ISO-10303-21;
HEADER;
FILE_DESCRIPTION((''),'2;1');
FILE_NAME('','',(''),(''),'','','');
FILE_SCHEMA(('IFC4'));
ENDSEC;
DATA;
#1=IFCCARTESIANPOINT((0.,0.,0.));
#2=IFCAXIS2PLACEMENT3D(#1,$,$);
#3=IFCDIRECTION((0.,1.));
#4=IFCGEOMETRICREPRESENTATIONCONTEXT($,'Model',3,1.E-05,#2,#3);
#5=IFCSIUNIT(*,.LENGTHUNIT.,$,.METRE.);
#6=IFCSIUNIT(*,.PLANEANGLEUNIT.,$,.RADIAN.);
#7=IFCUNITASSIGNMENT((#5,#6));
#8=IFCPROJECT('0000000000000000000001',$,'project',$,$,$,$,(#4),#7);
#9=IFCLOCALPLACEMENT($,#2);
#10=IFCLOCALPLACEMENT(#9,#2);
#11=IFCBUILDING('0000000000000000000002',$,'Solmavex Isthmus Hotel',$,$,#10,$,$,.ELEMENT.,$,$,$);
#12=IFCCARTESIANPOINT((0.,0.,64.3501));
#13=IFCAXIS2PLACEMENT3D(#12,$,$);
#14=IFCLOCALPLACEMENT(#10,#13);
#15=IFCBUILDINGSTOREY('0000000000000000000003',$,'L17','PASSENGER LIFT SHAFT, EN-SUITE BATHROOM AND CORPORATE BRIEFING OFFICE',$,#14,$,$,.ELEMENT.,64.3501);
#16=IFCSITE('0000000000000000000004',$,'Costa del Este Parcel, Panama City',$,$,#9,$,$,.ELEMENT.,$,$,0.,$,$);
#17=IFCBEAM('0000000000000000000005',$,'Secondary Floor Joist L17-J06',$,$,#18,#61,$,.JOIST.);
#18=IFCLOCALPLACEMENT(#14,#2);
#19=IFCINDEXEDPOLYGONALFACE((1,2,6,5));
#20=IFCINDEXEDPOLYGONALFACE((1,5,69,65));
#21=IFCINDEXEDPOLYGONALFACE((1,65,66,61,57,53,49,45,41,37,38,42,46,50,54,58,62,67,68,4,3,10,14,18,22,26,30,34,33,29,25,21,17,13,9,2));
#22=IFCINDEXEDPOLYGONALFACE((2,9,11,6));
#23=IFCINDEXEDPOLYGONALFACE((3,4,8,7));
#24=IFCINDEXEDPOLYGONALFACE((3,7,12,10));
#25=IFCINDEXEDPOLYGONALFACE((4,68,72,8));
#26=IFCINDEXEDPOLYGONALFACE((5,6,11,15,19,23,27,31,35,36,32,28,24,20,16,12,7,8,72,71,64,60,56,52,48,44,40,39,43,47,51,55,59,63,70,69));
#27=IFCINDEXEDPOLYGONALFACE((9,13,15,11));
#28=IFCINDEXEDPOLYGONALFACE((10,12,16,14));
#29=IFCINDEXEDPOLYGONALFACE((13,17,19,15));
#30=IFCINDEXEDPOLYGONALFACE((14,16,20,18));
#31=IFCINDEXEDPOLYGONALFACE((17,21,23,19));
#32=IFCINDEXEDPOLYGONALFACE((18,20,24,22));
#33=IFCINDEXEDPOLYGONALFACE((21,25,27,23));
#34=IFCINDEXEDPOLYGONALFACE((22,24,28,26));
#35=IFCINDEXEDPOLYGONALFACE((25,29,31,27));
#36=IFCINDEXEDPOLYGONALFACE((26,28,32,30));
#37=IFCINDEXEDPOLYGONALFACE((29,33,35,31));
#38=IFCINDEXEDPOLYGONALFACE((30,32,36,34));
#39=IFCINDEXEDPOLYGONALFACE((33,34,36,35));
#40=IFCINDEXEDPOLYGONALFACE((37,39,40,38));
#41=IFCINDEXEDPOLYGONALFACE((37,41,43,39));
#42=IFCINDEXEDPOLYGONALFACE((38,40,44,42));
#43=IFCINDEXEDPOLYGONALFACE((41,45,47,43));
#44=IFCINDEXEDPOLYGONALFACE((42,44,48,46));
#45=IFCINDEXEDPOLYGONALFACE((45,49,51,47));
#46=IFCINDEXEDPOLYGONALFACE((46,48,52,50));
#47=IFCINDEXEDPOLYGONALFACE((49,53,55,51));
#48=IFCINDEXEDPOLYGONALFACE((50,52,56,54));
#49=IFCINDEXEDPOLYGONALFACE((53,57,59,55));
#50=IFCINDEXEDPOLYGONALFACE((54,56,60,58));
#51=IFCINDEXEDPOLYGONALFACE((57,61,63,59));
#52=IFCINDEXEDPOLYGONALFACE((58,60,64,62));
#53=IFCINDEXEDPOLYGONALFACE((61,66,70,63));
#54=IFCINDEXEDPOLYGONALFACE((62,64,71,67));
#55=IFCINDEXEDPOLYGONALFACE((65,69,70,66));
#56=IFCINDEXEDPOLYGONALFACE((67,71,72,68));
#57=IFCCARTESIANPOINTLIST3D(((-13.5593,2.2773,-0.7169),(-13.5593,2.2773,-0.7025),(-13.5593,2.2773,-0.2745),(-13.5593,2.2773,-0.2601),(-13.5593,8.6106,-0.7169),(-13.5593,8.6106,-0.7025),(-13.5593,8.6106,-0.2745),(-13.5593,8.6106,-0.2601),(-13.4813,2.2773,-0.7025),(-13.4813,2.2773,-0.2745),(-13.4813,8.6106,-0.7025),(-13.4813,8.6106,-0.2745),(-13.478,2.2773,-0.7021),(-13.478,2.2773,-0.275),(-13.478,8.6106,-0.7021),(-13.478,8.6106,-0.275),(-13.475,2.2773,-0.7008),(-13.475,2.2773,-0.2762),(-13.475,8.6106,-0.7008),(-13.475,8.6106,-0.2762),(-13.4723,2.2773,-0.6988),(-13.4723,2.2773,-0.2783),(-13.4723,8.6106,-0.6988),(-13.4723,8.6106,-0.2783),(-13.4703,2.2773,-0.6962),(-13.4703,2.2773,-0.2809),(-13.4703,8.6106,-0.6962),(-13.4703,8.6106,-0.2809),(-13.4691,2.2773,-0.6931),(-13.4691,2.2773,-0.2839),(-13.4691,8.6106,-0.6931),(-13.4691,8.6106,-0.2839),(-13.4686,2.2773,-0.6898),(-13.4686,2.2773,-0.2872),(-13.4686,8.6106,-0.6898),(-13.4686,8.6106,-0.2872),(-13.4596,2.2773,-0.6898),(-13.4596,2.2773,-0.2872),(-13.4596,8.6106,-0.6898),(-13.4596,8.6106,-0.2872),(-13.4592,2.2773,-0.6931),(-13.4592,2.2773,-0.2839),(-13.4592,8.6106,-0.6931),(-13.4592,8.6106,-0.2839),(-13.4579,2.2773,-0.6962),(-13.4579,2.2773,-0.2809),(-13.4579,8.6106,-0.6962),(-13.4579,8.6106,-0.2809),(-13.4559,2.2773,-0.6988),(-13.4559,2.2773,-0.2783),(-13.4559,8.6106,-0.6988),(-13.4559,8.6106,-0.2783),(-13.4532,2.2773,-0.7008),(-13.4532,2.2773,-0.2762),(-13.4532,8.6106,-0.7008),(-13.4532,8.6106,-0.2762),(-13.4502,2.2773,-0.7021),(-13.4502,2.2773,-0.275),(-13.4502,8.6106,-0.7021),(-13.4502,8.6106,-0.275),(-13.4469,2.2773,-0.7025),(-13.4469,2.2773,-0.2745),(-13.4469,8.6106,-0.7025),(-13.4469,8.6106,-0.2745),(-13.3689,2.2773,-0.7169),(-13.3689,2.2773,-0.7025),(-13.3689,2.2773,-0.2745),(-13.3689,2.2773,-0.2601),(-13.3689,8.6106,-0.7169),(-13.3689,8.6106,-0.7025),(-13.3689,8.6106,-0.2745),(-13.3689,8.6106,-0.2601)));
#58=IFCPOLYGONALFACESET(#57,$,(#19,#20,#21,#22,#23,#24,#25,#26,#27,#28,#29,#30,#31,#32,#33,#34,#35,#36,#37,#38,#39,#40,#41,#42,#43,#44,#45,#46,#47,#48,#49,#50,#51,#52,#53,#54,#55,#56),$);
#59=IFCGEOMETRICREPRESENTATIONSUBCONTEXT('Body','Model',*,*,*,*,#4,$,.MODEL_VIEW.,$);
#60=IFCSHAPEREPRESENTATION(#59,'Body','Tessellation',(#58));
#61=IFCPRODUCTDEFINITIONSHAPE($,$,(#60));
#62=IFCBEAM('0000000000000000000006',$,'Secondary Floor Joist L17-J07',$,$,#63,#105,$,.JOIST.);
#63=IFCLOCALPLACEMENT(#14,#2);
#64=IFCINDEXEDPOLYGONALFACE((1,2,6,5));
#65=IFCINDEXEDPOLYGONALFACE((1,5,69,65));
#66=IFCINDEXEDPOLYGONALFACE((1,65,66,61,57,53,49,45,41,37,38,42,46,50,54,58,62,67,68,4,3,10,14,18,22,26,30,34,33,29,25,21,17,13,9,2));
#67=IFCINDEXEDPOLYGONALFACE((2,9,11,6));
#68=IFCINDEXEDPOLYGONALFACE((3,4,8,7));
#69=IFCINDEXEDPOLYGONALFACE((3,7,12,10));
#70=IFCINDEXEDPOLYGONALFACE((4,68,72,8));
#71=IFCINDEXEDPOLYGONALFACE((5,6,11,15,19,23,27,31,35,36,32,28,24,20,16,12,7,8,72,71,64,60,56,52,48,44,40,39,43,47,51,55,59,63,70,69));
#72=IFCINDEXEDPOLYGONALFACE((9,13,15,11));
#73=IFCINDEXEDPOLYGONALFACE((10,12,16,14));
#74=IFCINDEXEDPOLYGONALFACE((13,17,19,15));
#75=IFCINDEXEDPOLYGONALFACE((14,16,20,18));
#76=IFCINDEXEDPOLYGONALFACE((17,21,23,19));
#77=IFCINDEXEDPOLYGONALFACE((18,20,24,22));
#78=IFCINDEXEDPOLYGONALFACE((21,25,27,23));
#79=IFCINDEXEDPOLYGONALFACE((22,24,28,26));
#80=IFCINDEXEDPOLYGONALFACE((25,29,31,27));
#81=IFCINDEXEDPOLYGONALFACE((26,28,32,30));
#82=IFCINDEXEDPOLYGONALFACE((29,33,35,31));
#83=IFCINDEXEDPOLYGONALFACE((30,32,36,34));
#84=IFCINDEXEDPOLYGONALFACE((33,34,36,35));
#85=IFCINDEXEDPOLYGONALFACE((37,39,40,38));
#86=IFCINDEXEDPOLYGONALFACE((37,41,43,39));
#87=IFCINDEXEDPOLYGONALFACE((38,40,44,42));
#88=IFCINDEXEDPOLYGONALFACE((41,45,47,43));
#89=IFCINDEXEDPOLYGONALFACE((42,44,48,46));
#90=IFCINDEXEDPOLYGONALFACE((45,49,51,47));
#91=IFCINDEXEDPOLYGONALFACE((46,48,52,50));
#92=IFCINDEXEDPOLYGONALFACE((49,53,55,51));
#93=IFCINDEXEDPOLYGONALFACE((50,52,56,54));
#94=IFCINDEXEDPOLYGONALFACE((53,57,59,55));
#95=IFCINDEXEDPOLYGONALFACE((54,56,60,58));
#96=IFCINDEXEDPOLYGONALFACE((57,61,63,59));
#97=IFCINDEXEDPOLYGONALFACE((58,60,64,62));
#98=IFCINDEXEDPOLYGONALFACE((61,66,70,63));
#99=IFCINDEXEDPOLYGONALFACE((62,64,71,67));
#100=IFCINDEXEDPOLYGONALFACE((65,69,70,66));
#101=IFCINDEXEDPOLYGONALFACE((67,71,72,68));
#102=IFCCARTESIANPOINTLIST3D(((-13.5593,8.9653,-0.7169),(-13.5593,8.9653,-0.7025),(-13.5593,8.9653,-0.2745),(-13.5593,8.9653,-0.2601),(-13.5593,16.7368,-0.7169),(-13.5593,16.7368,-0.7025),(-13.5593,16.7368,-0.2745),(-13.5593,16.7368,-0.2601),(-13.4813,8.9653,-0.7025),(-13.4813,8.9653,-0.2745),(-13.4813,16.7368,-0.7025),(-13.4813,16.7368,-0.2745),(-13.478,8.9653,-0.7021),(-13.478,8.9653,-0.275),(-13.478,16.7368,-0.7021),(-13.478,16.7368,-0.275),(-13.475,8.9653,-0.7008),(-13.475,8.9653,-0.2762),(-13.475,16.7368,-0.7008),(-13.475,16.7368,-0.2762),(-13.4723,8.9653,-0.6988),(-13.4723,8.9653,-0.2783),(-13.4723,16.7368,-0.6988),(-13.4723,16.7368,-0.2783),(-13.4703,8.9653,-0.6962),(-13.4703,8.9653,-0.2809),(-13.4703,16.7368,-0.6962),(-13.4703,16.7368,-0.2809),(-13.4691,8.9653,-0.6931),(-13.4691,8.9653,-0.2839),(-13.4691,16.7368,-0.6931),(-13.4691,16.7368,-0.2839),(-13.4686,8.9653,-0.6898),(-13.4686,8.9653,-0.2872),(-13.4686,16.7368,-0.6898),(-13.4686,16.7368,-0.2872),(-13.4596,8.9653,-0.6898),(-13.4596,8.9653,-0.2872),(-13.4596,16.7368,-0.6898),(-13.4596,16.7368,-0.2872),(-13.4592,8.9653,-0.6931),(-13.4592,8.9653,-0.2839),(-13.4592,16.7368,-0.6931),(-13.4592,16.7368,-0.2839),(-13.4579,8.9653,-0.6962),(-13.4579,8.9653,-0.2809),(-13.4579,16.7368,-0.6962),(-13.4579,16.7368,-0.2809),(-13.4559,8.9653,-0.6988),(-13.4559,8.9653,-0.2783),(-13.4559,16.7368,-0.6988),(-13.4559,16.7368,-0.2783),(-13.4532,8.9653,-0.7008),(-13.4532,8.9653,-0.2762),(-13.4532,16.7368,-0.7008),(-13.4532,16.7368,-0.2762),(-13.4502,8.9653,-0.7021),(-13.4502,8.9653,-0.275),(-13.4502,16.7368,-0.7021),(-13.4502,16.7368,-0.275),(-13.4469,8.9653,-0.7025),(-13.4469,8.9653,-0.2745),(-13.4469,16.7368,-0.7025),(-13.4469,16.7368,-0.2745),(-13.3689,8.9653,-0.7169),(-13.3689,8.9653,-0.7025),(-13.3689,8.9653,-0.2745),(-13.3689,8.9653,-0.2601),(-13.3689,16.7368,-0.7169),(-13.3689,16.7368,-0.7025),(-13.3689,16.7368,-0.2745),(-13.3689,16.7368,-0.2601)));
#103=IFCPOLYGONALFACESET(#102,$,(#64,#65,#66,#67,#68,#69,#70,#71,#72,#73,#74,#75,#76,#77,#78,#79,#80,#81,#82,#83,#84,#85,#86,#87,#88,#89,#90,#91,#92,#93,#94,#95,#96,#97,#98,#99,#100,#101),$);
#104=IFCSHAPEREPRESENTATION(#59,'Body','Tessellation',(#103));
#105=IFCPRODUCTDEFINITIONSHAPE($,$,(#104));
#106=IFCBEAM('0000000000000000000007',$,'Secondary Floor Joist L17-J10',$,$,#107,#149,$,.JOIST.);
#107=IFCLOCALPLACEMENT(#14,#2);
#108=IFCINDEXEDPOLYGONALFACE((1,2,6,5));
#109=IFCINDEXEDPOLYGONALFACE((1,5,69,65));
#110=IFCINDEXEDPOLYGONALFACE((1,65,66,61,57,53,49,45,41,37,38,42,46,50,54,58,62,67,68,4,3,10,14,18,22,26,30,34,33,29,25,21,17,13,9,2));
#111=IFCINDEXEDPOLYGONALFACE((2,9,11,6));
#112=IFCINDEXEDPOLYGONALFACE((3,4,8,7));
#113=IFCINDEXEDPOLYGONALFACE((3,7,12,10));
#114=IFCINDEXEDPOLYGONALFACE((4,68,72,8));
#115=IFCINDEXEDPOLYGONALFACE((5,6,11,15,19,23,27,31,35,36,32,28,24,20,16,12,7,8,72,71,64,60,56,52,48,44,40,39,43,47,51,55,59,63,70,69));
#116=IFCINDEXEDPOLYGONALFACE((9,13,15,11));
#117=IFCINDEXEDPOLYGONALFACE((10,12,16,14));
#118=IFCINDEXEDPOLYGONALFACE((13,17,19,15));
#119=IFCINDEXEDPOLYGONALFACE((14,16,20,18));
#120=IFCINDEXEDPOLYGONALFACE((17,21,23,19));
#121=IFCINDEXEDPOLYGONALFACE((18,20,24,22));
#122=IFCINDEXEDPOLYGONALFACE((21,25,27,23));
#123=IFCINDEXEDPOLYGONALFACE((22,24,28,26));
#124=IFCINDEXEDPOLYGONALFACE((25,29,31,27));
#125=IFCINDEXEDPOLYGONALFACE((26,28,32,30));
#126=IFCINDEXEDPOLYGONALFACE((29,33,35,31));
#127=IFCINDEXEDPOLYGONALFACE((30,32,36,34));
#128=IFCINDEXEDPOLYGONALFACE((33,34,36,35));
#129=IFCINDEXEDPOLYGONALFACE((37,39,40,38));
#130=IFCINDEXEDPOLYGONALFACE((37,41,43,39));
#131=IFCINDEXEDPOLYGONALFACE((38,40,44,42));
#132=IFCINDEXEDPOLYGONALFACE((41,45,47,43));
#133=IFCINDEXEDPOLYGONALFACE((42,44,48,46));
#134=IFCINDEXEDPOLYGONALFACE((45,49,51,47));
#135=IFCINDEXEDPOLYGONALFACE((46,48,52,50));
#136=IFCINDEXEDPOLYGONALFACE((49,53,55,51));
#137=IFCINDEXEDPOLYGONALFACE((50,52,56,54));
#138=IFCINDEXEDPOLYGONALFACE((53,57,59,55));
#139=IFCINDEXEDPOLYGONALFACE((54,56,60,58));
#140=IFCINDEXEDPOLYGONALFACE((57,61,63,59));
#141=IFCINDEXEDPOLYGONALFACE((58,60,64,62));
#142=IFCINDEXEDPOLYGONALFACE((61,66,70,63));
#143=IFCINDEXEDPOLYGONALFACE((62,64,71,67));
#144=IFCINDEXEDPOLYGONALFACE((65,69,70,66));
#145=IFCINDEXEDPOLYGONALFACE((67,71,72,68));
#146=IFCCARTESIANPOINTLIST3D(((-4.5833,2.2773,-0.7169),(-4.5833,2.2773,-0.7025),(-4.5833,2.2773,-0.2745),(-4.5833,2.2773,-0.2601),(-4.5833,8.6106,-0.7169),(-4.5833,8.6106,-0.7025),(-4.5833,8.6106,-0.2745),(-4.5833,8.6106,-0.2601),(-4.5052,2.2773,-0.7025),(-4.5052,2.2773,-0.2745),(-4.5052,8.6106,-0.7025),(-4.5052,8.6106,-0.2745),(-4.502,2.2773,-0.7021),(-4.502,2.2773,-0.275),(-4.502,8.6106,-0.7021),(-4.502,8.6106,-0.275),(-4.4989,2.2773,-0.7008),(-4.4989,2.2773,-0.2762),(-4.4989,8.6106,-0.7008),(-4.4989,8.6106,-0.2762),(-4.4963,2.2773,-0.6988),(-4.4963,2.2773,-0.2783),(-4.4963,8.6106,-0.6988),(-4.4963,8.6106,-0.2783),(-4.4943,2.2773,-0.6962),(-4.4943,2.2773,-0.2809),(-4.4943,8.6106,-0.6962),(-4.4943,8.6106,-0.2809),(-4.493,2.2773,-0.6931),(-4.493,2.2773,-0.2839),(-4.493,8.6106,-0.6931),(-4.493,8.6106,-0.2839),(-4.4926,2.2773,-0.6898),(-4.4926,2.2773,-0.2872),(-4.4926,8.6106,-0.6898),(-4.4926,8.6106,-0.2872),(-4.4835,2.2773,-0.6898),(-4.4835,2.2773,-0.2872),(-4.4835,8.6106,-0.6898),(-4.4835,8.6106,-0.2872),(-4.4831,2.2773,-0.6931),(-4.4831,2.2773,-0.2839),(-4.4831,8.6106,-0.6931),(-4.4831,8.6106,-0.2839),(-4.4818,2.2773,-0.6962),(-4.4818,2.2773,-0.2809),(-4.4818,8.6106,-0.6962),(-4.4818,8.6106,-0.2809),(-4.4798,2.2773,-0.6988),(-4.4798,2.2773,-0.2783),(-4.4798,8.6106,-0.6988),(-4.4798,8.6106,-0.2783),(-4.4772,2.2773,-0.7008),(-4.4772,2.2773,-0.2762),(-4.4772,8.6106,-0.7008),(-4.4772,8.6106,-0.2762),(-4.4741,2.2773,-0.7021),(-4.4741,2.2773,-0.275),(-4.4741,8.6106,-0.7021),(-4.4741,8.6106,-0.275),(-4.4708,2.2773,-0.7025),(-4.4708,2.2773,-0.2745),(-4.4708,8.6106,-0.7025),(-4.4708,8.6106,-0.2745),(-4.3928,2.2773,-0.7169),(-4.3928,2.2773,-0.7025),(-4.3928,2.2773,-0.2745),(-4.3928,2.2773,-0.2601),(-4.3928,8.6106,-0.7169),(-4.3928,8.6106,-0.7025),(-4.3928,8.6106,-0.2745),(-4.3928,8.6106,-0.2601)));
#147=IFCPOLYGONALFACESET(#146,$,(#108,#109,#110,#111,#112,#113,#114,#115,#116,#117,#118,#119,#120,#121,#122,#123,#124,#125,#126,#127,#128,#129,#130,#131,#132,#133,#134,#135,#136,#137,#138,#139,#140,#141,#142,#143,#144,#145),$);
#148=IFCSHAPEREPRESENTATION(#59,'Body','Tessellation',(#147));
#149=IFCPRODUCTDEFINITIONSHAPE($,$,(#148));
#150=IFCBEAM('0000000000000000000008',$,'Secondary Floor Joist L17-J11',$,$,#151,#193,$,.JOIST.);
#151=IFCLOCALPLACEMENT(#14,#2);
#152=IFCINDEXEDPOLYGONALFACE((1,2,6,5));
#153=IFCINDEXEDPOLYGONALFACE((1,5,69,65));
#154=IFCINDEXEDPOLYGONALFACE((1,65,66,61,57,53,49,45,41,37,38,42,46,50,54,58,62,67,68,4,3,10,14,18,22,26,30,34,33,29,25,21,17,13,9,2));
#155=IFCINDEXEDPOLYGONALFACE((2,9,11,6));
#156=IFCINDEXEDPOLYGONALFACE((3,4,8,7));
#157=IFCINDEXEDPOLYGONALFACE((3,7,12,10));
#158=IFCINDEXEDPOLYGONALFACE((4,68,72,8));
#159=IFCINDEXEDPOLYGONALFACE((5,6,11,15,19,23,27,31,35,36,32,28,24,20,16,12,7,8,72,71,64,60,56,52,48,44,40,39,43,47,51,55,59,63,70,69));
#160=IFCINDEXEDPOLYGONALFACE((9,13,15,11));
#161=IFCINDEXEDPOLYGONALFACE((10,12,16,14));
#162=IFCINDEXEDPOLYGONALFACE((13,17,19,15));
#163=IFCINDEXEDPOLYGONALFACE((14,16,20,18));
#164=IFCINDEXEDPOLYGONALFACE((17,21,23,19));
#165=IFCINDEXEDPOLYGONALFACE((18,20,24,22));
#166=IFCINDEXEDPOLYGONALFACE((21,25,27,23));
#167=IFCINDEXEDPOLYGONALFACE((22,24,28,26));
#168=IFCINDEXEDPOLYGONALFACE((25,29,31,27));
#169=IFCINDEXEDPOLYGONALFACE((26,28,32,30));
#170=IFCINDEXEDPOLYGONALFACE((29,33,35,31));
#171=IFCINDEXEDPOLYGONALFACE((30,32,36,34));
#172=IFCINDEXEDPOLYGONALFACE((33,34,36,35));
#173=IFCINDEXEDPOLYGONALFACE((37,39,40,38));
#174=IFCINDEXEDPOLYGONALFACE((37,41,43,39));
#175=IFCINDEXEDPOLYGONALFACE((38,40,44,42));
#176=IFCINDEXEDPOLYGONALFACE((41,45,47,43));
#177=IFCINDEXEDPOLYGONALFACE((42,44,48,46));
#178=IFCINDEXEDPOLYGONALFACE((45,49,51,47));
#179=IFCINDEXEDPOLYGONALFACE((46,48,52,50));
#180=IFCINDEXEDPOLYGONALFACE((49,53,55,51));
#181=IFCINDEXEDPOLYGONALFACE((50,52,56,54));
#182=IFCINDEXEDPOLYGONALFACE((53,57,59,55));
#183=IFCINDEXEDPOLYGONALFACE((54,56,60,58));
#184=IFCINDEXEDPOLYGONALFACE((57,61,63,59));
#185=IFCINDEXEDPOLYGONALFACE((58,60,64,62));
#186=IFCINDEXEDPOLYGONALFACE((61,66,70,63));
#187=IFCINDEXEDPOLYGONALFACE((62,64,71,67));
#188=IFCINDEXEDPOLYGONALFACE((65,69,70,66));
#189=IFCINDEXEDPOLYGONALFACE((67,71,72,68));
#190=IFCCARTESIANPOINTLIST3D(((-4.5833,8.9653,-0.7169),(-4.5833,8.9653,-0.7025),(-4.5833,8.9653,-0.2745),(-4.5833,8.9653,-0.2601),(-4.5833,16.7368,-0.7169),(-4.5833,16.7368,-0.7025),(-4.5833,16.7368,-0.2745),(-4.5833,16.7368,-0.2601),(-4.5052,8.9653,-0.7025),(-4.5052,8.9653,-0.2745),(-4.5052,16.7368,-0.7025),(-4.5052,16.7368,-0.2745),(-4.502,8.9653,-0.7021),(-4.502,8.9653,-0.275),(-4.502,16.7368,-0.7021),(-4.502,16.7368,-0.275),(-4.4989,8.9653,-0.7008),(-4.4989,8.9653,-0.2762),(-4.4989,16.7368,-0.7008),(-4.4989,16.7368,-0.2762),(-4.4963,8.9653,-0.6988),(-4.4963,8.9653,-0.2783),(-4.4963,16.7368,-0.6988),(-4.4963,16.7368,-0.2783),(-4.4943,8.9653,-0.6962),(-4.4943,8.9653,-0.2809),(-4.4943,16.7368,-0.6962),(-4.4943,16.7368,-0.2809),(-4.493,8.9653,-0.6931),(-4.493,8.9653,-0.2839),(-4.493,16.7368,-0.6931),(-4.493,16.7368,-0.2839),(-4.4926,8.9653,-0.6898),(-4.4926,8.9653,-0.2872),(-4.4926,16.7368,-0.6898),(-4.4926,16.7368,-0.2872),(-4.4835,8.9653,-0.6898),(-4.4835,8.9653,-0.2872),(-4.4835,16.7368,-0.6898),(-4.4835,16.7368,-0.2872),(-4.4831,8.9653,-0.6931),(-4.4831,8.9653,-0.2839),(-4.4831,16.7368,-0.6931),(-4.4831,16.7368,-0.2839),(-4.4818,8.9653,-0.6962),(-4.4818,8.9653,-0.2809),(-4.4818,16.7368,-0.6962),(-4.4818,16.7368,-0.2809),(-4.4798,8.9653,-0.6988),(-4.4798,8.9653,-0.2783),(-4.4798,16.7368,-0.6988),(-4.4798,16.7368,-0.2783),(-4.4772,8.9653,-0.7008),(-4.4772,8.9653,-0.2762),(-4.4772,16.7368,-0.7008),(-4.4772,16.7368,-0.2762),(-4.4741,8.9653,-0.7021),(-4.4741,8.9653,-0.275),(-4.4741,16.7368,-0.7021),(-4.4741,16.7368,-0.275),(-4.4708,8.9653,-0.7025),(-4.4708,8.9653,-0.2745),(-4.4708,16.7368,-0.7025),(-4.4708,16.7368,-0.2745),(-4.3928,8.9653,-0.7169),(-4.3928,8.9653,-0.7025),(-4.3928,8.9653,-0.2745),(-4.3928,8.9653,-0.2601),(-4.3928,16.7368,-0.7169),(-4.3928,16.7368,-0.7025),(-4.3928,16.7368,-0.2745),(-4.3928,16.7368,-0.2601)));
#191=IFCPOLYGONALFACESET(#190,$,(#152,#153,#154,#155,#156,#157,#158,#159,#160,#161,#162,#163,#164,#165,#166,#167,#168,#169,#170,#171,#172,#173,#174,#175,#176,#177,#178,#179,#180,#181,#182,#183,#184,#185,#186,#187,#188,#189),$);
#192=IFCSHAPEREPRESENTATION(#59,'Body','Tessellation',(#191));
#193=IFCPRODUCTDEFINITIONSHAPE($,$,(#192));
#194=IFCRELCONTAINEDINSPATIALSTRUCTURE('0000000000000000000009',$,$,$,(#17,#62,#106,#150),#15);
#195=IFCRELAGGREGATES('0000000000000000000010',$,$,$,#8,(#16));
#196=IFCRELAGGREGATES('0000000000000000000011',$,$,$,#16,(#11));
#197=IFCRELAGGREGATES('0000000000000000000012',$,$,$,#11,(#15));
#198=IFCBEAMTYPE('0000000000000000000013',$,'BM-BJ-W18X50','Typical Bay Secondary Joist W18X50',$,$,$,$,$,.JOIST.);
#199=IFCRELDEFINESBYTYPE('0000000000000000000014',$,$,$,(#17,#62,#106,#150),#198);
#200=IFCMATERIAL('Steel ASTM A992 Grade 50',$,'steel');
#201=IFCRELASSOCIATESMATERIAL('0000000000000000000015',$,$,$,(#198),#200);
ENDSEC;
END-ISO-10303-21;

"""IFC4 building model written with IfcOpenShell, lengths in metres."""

from ifc_helpers import new_model, si_unit, direction, frame, origin, origin_2d, place, context, subcontext, project, spatial, i_section, extrude, material, material_profile, profile_set, type_object, element, save


model = new_model("IFC4")

# Units and contexts
model_context = context("Model", 3, precision=1e-05, world=origin(), true_north=direction((0.0, 1.0)))
body_context = subcontext(model_context, "Body", "Model", "MODEL_VIEW")
ifc_project = project(units=[si_unit("LENGTHUNIT", "METRE"), si_unit("PLANEANGLEUNIT", "RADIAN")], contexts=[model_context])

# Site, building, storey
site_placement = place(None, origin())
site = spatial("IfcSite", under=ifc_project, at=site_placement, Name="Costa del Este Parcel, Panama City", CompositionType="ELEMENT", RefElevation=0.0)
building_placement = place(site_placement, origin())
building = spatial("IfcBuilding", under=site, at=building_placement, Name="Solmavex Isthmus Hotel", CompositionType="ELEMENT")
storey_placement = place(building_placement, frame((0.0, 0.0, 64.3501)))
storey = spatial("IfcBuildingStorey", under=building, at=storey_placement, Name="L17", Description="PASSENGER LIFT SHAFT, EN-SUITE BATHROOM AND CORPORATE BRIEFING OFFICE", CompositionType="ELEMENT", Elevation=64.3501)

# Beams
ifc_material_1 = material(Name="Steel ASTM A992 Grade 50", Category="steel")
ifc_material_profile_1 = material_profile(ifc_material_1, i_section(OverallWidth=0.1904, OverallDepth=0.4568, WebThickness=0.009, FlangeThickness=0.0144, FilletRadius=0.0127, at=origin_2d()), Name="W18X50")
ifc_profile_set_1 = profile_set([ifc_material_profile_1], Name="Steel ASTM A992 Grade 50")
beam_type_1 = type_object("IfcBeamType", Name="BM-BJ-W18X50", Description="Typical Bay Secondary Joist W18X50", PredefinedType="JOIST", material=ifc_profile_set_1)
beam_1_placement = place(storey_placement, frame((-13.4641, 2.2773, -0.4885), z_axis=(0.0, 1.0, 0.0), x_axis=(-1.0, 0.0, 0.0)))
element("IfcBeam", 1, at=beam_1_placement, inside=storey, type_object=beam_type_1, Name="Secondary Floor Joist L17-J06", PredefinedType="JOIST", context=body_context, shape_type="SweptSolid", body=[
    extrude(i_section(OverallWidth=0.1904, OverallDepth=0.4568, WebThickness=0.009, FlangeThickness=0.0144, FilletRadius=0.0127, at=origin_2d()), origin(), (0.0, 0.0, 1.0), 6.3333),
])
beam_2_placement = place(storey_placement, frame((-13.4641, 8.9653, -0.4885), z_axis=(0.0, 1.0, 0.0), x_axis=(-1.0, 0.0, 0.0)))
element("IfcBeam", 2, at=beam_2_placement, inside=storey, type_object=beam_type_1, Name="Secondary Floor Joist L17-J07", PredefinedType="JOIST", context=body_context, shape_type="SweptSolid", body=[
    extrude(i_section(OverallWidth=0.1904, OverallDepth=0.4568, WebThickness=0.009, FlangeThickness=0.0144, FilletRadius=0.0127, at=origin_2d()), origin(), (0.0, 0.0, 1.0), 7.7715),
])
beam_3_placement = place(storey_placement, frame((-4.488, 2.2773, -0.4885), z_axis=(0.0, 1.0, 0.0), x_axis=(-1.0, 0.0, 0.0)))
element("IfcBeam", 3, at=beam_3_placement, inside=storey, type_object=beam_type_1, Name="Secondary Floor Joist L17-J10", PredefinedType="JOIST", context=body_context, shape_type="SweptSolid", body=[
    extrude(i_section(OverallWidth=0.1904, OverallDepth=0.4568, WebThickness=0.009, FlangeThickness=0.0144, FilletRadius=0.0127, at=origin_2d()), origin(), (0.0, 0.0, 1.0), 6.3333),
])
beam_4_placement = place(storey_placement, frame((-4.488, 8.9653, -0.4885), z_axis=(0.0, 1.0, 0.0), x_axis=(-1.0, 0.0, 0.0)))
element("IfcBeam", 4, at=beam_4_placement, inside=storey, type_object=beam_type_1, Name="Secondary Floor Joist L17-J11", PredefinedType="JOIST", context=body_context, shape_type="SweptSolid", body=[
    extrude(i_section(OverallWidth=0.1904, OverallDepth=0.4568, WebThickness=0.009, FlangeThickness=0.0144, FilletRadius=0.0127, at=origin_2d()), origin(), (0.0, 0.0, 1.0), 7.7715),
])

save(model, "model.ifc")
